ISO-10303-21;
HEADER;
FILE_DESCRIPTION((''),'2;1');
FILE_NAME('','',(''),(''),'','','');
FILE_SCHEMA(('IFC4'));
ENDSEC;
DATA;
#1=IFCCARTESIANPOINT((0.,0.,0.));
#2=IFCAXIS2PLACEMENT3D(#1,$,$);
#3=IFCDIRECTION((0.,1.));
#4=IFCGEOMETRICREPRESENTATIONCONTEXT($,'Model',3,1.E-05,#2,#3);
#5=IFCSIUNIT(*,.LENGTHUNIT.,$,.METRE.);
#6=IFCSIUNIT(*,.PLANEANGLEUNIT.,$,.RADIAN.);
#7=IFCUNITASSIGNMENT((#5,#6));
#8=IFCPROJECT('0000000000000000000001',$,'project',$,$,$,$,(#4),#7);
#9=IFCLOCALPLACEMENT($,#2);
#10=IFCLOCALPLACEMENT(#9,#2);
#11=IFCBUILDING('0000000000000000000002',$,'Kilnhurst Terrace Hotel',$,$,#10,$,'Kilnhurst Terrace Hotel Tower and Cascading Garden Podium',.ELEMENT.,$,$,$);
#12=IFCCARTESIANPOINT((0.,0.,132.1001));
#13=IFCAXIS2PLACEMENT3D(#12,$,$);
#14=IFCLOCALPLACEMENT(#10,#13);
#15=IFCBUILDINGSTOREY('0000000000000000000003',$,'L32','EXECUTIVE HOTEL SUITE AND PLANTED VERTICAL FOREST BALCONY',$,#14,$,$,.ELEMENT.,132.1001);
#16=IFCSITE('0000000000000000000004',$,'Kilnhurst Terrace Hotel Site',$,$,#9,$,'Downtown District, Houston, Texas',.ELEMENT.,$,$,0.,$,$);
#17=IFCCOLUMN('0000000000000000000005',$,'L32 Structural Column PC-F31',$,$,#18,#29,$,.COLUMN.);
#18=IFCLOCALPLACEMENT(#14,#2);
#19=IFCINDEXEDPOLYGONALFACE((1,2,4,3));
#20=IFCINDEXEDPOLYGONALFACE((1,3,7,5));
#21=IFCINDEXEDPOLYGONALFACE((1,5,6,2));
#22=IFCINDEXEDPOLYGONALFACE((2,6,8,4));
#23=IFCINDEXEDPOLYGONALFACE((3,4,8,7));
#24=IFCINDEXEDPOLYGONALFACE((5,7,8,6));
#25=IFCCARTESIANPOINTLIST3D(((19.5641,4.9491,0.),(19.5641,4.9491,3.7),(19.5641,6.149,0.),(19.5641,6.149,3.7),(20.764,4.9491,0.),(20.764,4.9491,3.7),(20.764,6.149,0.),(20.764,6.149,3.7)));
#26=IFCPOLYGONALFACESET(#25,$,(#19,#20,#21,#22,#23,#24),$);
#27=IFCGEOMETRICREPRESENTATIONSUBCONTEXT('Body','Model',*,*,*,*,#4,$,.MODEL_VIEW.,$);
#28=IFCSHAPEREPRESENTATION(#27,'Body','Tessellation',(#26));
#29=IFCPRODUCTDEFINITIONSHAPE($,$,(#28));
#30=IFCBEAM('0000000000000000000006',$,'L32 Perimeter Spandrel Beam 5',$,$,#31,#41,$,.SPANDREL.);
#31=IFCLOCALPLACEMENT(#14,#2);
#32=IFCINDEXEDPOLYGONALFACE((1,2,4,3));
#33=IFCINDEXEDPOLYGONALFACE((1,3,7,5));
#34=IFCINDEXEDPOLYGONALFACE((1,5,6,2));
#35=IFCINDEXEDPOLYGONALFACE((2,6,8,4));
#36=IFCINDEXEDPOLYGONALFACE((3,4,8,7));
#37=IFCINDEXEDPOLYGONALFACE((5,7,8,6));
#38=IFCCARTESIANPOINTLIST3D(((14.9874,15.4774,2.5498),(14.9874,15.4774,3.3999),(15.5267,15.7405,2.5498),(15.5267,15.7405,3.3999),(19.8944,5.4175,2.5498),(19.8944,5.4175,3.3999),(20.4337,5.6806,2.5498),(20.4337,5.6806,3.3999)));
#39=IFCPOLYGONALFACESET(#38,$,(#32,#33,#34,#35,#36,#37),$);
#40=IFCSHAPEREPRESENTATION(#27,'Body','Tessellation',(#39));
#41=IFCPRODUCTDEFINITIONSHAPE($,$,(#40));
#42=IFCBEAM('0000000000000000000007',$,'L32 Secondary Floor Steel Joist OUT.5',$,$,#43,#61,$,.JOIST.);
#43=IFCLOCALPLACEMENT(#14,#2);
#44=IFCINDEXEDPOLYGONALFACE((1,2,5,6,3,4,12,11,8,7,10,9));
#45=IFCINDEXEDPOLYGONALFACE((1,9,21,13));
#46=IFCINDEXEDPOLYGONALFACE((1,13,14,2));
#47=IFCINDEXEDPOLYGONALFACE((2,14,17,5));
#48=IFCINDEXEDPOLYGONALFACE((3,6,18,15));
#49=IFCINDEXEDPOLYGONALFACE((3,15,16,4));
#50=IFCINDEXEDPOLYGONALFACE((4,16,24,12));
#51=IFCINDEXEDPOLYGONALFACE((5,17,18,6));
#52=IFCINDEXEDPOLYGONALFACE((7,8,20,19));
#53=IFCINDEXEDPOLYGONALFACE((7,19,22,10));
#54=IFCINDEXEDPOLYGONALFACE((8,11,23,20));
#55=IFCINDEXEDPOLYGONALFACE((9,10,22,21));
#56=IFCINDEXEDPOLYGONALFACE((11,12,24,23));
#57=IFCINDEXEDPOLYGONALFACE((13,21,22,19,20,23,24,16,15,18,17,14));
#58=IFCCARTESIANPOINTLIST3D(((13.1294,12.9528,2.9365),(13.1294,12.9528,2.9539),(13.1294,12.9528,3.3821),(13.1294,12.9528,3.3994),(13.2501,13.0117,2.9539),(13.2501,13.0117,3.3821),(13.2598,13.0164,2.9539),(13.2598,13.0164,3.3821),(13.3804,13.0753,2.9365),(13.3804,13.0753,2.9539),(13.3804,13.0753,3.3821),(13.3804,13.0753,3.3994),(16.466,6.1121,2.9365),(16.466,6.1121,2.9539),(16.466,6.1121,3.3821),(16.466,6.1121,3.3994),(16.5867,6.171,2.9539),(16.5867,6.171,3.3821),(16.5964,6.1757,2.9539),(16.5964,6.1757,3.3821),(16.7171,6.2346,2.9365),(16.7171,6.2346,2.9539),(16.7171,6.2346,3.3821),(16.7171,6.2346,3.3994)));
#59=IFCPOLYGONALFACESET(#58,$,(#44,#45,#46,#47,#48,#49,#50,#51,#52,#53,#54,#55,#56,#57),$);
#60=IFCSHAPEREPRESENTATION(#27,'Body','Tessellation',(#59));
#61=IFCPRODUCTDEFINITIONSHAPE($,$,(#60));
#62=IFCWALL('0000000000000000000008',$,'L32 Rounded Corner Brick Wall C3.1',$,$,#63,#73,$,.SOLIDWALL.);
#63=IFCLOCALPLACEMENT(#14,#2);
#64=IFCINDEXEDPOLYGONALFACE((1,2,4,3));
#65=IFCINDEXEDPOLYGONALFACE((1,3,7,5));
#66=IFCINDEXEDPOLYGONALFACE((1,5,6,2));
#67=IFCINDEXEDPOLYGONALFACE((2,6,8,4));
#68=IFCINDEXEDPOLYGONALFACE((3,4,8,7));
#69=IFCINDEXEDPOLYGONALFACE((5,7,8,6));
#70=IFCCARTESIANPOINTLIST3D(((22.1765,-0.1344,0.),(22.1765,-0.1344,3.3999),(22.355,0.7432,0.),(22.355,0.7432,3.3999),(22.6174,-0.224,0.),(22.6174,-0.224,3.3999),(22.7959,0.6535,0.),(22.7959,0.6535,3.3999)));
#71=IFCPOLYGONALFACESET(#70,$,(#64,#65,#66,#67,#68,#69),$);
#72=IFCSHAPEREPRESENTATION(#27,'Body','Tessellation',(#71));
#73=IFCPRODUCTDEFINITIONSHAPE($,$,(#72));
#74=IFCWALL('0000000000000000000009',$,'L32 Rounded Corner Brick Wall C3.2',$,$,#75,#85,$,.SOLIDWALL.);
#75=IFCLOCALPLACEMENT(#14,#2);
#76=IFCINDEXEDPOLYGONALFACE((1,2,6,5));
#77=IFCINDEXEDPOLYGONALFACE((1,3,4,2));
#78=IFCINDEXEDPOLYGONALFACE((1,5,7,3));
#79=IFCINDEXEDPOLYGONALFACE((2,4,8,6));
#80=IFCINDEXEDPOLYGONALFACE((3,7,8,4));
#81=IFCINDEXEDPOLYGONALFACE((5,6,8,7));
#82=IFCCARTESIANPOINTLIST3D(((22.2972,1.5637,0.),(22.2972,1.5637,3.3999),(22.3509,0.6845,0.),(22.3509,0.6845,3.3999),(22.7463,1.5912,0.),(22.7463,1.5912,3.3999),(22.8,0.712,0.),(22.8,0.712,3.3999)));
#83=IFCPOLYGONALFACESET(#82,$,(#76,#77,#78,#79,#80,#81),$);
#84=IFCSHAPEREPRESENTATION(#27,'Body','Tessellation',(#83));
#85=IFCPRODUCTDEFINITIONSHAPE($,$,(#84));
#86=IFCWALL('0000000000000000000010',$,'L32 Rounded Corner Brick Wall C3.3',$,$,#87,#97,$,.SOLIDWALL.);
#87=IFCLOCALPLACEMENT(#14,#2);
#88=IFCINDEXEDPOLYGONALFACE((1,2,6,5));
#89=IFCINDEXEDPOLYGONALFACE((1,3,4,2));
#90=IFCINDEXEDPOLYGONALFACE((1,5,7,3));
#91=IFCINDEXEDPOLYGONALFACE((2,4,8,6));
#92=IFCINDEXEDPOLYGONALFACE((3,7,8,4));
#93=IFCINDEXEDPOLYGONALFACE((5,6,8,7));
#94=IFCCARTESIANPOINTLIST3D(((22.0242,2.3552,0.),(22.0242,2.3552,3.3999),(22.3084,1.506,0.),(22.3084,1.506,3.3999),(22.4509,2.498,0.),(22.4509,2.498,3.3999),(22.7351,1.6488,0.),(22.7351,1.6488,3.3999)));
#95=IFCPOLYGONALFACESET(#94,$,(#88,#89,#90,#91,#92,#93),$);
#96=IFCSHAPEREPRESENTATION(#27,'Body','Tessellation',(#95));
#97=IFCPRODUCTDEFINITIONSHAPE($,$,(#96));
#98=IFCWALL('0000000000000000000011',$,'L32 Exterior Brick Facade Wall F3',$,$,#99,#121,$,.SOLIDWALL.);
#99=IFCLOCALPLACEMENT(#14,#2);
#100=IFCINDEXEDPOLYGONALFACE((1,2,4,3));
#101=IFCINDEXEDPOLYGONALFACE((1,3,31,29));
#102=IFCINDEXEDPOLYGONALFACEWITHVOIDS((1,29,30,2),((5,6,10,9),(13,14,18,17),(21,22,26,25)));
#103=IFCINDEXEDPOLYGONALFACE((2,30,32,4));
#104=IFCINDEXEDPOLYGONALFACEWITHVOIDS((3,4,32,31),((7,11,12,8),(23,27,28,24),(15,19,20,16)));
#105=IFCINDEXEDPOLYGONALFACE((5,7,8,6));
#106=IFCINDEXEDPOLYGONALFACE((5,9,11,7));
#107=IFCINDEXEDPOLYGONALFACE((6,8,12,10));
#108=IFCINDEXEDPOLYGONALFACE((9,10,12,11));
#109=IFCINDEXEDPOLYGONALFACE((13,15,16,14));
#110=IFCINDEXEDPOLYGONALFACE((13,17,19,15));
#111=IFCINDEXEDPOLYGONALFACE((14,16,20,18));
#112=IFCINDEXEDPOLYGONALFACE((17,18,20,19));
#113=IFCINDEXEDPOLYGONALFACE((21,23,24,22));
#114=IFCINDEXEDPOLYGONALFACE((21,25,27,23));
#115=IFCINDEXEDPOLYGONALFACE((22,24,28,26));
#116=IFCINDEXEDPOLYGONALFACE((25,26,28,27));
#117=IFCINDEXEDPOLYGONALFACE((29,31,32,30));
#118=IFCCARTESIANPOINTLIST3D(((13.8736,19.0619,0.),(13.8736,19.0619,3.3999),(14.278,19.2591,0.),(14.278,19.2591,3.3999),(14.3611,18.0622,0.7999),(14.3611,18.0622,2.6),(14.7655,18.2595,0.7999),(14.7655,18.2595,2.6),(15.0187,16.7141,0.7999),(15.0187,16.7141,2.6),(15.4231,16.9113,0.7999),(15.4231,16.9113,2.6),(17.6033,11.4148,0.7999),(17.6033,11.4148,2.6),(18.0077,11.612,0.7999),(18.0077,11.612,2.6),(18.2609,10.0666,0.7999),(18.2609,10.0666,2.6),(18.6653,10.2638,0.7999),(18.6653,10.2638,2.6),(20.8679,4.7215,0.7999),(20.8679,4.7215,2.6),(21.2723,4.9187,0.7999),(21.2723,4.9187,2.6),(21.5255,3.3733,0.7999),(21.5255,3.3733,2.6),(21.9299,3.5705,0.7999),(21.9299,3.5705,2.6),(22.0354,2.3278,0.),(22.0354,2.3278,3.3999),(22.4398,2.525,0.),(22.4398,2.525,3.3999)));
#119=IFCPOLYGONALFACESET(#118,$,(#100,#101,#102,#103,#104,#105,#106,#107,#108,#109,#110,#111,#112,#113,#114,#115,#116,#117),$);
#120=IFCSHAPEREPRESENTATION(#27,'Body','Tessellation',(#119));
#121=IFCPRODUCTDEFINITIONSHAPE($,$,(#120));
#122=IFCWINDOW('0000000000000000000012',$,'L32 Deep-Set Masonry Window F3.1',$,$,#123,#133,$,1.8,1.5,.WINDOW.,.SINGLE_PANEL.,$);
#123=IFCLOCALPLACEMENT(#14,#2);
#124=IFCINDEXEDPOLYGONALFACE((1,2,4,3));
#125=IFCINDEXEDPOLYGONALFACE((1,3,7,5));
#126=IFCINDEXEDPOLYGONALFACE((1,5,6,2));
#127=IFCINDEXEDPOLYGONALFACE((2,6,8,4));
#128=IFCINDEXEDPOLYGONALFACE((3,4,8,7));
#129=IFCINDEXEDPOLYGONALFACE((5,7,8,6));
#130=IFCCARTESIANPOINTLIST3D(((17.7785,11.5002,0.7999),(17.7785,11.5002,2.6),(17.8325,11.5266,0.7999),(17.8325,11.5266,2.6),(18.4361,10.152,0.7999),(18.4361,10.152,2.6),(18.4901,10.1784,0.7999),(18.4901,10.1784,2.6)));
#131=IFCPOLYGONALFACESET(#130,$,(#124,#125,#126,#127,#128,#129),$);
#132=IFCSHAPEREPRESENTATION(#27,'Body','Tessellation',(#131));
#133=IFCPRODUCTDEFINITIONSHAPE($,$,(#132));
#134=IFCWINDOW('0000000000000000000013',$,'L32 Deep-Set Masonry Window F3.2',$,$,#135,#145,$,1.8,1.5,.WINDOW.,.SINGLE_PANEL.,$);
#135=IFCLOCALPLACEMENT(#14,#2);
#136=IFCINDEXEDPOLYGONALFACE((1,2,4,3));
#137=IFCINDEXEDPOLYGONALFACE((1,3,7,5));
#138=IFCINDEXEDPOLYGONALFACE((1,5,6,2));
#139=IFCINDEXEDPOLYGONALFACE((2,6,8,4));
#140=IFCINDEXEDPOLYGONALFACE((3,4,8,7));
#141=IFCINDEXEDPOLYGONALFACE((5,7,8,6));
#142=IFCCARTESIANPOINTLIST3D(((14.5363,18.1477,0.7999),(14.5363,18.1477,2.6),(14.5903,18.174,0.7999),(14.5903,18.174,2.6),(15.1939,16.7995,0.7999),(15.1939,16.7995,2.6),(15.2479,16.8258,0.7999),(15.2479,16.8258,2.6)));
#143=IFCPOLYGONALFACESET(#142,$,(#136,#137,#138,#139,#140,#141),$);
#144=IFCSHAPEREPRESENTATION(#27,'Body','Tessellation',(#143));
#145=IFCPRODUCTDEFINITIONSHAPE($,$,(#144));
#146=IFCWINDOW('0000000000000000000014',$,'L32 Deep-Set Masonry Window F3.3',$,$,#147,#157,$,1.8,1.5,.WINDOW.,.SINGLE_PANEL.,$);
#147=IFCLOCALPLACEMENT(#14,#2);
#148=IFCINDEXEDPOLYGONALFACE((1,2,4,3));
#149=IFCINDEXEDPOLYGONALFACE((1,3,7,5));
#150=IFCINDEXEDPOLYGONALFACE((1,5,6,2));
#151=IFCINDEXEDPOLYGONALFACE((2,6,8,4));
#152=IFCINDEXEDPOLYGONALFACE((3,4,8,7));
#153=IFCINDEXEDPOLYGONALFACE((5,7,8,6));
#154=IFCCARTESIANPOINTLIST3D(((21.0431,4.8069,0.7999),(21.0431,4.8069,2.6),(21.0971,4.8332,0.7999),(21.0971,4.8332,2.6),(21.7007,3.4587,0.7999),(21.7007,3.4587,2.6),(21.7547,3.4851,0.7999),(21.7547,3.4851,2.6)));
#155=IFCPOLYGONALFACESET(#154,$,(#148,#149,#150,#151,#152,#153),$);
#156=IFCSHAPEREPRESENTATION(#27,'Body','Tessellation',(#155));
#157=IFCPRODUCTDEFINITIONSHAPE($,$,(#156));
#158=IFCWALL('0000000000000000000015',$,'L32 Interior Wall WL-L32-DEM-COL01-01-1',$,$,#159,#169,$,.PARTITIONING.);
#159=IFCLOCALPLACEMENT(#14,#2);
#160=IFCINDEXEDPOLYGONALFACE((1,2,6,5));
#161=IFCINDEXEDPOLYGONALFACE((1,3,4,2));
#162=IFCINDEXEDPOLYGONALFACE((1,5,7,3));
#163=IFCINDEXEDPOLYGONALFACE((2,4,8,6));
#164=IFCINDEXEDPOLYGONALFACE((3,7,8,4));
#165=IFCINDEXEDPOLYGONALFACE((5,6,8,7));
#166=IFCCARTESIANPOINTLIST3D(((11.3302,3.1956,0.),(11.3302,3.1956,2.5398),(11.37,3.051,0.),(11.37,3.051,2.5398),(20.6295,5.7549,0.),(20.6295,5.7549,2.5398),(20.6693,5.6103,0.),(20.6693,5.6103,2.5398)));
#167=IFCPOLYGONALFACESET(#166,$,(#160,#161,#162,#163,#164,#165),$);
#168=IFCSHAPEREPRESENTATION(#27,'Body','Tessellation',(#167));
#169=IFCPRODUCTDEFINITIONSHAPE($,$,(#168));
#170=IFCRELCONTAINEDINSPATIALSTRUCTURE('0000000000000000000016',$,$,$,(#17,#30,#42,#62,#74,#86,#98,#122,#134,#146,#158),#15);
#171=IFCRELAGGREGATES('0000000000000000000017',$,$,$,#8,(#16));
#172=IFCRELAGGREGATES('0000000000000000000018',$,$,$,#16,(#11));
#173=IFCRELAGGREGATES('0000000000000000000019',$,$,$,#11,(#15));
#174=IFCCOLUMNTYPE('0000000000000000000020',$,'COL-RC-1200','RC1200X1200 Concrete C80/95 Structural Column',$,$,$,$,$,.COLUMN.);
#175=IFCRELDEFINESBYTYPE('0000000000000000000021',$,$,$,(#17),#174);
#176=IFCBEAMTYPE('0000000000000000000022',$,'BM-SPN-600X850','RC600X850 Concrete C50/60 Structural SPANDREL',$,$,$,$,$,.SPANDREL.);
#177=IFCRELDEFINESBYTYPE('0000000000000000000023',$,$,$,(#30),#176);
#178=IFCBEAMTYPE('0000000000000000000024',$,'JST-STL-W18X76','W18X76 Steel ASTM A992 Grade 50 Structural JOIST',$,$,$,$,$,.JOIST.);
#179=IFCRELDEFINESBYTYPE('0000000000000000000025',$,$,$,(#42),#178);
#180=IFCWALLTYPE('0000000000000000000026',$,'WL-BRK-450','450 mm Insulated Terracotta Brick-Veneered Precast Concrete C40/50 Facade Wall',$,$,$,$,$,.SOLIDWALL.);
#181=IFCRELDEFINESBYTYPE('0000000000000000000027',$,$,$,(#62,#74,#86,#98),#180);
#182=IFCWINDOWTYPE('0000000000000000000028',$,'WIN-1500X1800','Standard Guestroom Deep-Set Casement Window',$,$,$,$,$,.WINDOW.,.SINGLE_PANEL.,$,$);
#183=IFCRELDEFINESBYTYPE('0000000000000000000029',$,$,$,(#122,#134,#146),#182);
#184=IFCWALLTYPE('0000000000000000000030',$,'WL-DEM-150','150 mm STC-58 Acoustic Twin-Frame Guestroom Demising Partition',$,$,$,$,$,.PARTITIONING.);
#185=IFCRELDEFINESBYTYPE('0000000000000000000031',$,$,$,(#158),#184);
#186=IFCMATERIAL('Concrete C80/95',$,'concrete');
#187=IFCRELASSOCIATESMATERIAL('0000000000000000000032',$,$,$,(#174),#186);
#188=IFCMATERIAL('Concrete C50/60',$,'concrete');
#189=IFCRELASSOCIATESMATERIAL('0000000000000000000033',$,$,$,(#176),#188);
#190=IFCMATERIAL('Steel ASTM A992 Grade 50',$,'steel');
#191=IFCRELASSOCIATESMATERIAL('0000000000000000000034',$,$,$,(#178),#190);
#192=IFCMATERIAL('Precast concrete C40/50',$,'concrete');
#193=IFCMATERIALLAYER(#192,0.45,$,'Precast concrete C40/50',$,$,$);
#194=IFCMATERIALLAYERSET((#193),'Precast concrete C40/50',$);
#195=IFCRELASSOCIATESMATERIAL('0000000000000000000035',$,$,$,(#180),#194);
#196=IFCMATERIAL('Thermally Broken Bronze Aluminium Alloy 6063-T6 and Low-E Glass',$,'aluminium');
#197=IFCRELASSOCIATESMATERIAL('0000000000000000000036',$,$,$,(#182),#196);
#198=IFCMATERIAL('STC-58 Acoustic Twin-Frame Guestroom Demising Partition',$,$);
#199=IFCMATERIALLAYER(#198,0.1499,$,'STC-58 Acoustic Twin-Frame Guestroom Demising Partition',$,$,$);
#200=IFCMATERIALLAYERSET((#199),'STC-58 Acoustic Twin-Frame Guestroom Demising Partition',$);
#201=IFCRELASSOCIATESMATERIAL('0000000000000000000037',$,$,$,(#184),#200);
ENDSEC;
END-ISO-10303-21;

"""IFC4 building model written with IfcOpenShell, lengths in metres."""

from ifc_helpers import new_model, si_unit, direction, frame, frame_2d, origin, origin_2d, place, context, subcontext, project, spatial, rectangle, i_section, extrude, material, layer, layer_set, material_profile, profile_set, type_object, element, fill, save


model = new_model("IFC4")

# Units and contexts
model_context = context("Model", 3, precision=1e-05, world=origin(), true_north=direction((0.0, 1.0)))
body_context = subcontext(model_context, "Body", "Model", "MODEL_VIEW")
ifc_project = project(units=[si_unit("LENGTHUNIT", "METRE"), si_unit("PLANEANGLEUNIT", "RADIAN")], contexts=[model_context])

# Site, building, storey
site_placement = place(None, origin())
site = spatial("IfcSite", under=ifc_project, at=site_placement, Name="Kilnhurst Terrace Hotel Site", LongName="Downtown District, Houston, Texas", CompositionType="ELEMENT", RefElevation=0.0)
building_placement = place(site_placement, origin())
building = spatial("IfcBuilding", under=site, at=building_placement, Name="Kilnhurst Terrace Hotel", LongName="Kilnhurst Terrace Hotel Tower and Cascading Garden Podium", CompositionType="ELEMENT")
storey_placement = place(building_placement, frame((0.0, 0.0, 132.1001)))
storey = spatial("IfcBuildingStorey", under=building, at=storey_placement, Name="L32", Description="EXECUTIVE HOTEL SUITE AND PLANTED VERTICAL FOREST BALCONY", CompositionType="ELEMENT", Elevation=132.1001)

# Column
ifc_material_1 = material(Name="Concrete C80/95", Category="concrete")
ifc_material_profile_1 = material_profile(ifc_material_1, rectangle(XDim=1.2, YDim=1.2, at=origin_2d()), Name="RC1200X1200")
ifc_profile_set_1 = profile_set([ifc_material_profile_1], Name="Concrete C80/95")
column_type = type_object("IfcColumnType", Name="COL-RC-1200", Description="RC1200X1200 Concrete C80/95 Structural Column", PredefinedType="COLUMN", material=ifc_profile_set_1)
column_placement = place(storey_placement, frame((20.1641, 5.5491, 0.0), z_axis=(0.0, 0.0, 1.0), x_axis=(1.0, 0.0, 0.0)))
element("IfcColumn", 1, at=column_placement, inside=storey, type_object=column_type, Name="L32 Structural Column PC-F31", PredefinedType="COLUMN", context=body_context, shape_type="SweptSolid", body=[
    extrude(rectangle(XDim=1.2, YDim=1.2, at=origin_2d()), origin(), (0.0, 0.0, 1.0), 3.7),
])

# Beams
ifc_material_2 = material(Name="Concrete C50/60", Category="concrete")
ifc_material_profile_2 = material_profile(ifc_material_2, rectangle(XDim=0.6001, YDim=0.8501, at=origin_2d()), Name="RC600X850")
ifc_profile_set_2 = profile_set([ifc_material_profile_2], Name="Concrete C50/60")
beam_type_1 = type_object("IfcBeamType", Name="BM-SPN-600X850", Description="RC600X850 Concrete C50/60 Structural SPANDREL", PredefinedType="SPANDREL", material=ifc_profile_set_2)
beam_1_placement = place(storey_placement, frame((20.1641, 5.5491, 2.9749), z_axis=(-0.438406, 0.898777, 0.0), x_axis=(-0.898777, -0.438406, 0.0)))
element("IfcBeam", 2, at=beam_1_placement, inside=storey, type_object=beam_type_1, Name="L32 Perimeter Spandrel Beam 5", PredefinedType="SPANDREL", context=body_context, shape_type="SweptSolid", body=[
    extrude(rectangle(XDim=0.6001, YDim=0.8501, at=origin_2d()), origin(), (0.0, 0.0, 1.0), 11.1929),
])
ifc_material_3 = material(Name="Steel ASTM A992 Grade 50", Category="steel")
ifc_material_profile_3 = material_profile(ifc_material_3, i_section(OverallWidth=0.2793, OverallDepth=0.4629, WebThickness=0.0107, FlangeThickness=0.0173, at=origin_2d()), Name="W18X76")
ifc_profile_set_3 = profile_set([ifc_material_profile_3], Name="Steel ASTM A992 Grade 50")
beam_type_2 = type_object("IfcBeamType", Name="JST-STL-W18X76", Description="W18X76 Steel ASTM A992 Grade 50 Structural JOIST", PredefinedType="JOIST", material=ifc_profile_set_3)
beam_2_placement = place(storey_placement, frame((16.5916, 6.1733, 3.168), z_axis=(-0.43839, 0.898785, 0.0), x_axis=(-0.898785, -0.43839, 0.0)))
element("IfcBeam", 3, at=beam_2_placement, inside=storey, type_object=beam_type_2, Name="L32 Secondary Floor Steel Joist OUT.5", PredefinedType="JOIST", context=body_context, shape_type="SweptSolid", body=[
    extrude(i_section(OverallWidth=0.2793, OverallDepth=0.4629, WebThickness=0.0107, FlangeThickness=0.0173, at=origin_2d()), origin(), (0.0, 0.0, 1.0), 7.6111),
])

# Walls
ifc_material_4 = material(Name="Precast concrete C40/50", Category="concrete")
ifc_layer_1 = layer(ifc_material_4, 0.45, Name="Precast concrete C40/50")
ifc_layer_set_1 = layer_set([ifc_layer_1], Name="Precast concrete C40/50")
wall_type_1 = type_object("IfcWallType", Name="WL-BRK-450", Description="450 mm Insulated Terracotta Brick-Veneered Precast Concrete C40/50 Facade Wall", PredefinedType="SOLIDWALL", material=ifc_layer_set_1)
wall_1_placement = place(storey_placement, frame((22.397, -0.1792, 0.0), z_axis=(0.0, 0.0, 1.0), x_axis=(0.199314, 0.979936, 0.0)))
element("IfcWall", 4, at=wall_1_placement, inside=storey, type_object=wall_type_1, Name="L32 Rounded Corner Brick Wall C3.1", PredefinedType="SOLIDWALL", context=body_context, shape_type="SweptSolid", body=[
    extrude(rectangle(XDim=0.8955, YDim=0.45, at=frame_2d((0.4478, 0.0))), origin(), (0.0, 0.0, 1.0), 3.3999),
])
wall_2_placement = place(storey_placement, frame((22.5754, 0.6982, 0.0), z_axis=(0.0, 0.0, 1.0), x_axis=(-0.06098, 0.998139, 0.0)))
element("IfcWall", 5, at=wall_2_placement, inside=storey, type_object=wall_type_1, Name="L32 Rounded Corner Brick Wall C3.2", PredefinedType="SOLIDWALL", context=body_context, shape_type="SweptSolid", body=[
    extrude(rectangle(XDim=0.8809, YDim=0.45, at=frame_2d((0.4404, 0.0))), origin(), (0.0, 0.0, 1.0), 3.3999),
])
wall_3_placement = place(storey_placement, frame((22.5217, 1.5774, 0.0), z_axis=(0.0, 0.0, 1.0), x_axis=(-0.317373, 0.948301, 0.0)))
element("IfcWall", 6, at=wall_3_placement, inside=storey, type_object=wall_type_1, Name="L32 Rounded Corner Brick Wall C3.3", PredefinedType="SOLIDWALL", context=body_context, shape_type="SweptSolid", body=[
    extrude(rectangle(XDim=0.8955, YDim=0.45, at=frame_2d((0.4478, 0.0))), origin(), (0.0, 0.0, 1.0), 3.3999),
])

# Wall, openings, windows
wall_4_placement = place(storey_placement, frame((22.2375, 2.4265, 0.0), z_axis=(0.0, 0.0, 1.0), x_axis=(-0.438375, 0.898792, 0.0)))
wall_4 = element("IfcWall", 7, at=wall_4_placement, inside=storey, type_object=wall_type_1, Name="L32 Exterior Brick Facade Wall F3", PredefinedType="SOLIDWALL", context=body_context, shape_type="SweptSolid", body=[
    extrude(rectangle(XDim=18.6184, YDim=0.45, at=frame_2d((9.3091, 0.0))), origin(), (0.0, 0.0, 1.0), 3.3999),
])
opening_1_placement = place(wall_4_placement, frame((8.6101, 0.0, 0.8)))
opening_1 = element("IfcOpeningElement", 8, at=opening_1_placement, cuts=wall_4, PredefinedType="OPENING", context=body_context, shape_type="SweptSolid", body=[
    extrude(rectangle(XDim=1.5, YDim=1.8, at=frame_2d((0.75, 0.8999))), frame((0.0, 0.2349, 0.0), z_axis=(0.0, -1.0, 0.0), x_axis=(1.0, 0.0, 0.0)), (0.0, 0.0, 1.0), 0.47),
])
opening_2_placement = place(wall_4_placement, frame((16.0061, 0.0, 0.8)))
opening_2 = element("IfcOpeningElement", 9, at=opening_2_placement, cuts=wall_4, PredefinedType="OPENING", context=body_context, shape_type="SweptSolid", body=[
    extrude(rectangle(XDim=1.5, YDim=1.8, at=frame_2d((0.75, 0.8999))), frame((0.0, 0.2349, 0.0), z_axis=(0.0, -1.0, 0.0), x_axis=(1.0, 0.0, 0.0)), (0.0, 0.0, 1.0), 0.47),
])
opening_3_placement = place(wall_4_placement, frame((1.1631, 0.0, 0.8)))
opening_3 = element("IfcOpeningElement", 10, at=opening_3_placement, cuts=wall_4, PredefinedType="OPENING", context=body_context, shape_type="SweptSolid", body=[
    extrude(rectangle(XDim=1.5, YDim=1.8, at=frame_2d((0.75, 0.8999))), frame((0.0, 0.2349, 0.0), z_axis=(0.0, -1.0, 0.0), x_axis=(1.0, 0.0, 0.0)), (0.0, 0.0, 1.0), 0.47),
])
ifc_material_5 = material(Name="Thermally Broken Bronze Aluminium Alloy 6063-T6 and Low-E Glass", Category="aluminium")
window_type = type_object("IfcWindowType", Name="WIN-1500X1800", Description="Standard Guestroom Deep-Set Casement Window", PartitioningType="SINGLE_PANEL", PredefinedType="WINDOW", material=ifc_material_5)
window_1_placement = place(opening_1_placement, origin())
window_1 = element("IfcWindow", 11, at=window_1_placement, inside=storey, type_object=window_type, Name="L32 Deep-Set Masonry Window F3.1", OverallHeight=1.8, OverallWidth=1.5, PartitioningType="SINGLE_PANEL", PredefinedType="WINDOW", context=body_context, shape_type="SweptSolid", body=[
    extrude(rectangle(XDim=1.5, YDim=1.8, at=frame_2d((0.75, 0.8999))), frame((0.0, 0.03, 0.0), z_axis=(0.0, -1.0, 0.0), x_axis=(1.0, 0.0, 0.0)), (0.0, 0.0, 1.0), 0.0601),
])
fill(opening_1, window_1)
window_2_placement = place(opening_2_placement, origin())
window_2 = element("IfcWindow", 12, at=window_2_placement, inside=storey, type_object=window_type, Name="L32 Deep-Set Masonry Window F3.2", OverallHeight=1.8, OverallWidth=1.5, PartitioningType="SINGLE_PANEL", PredefinedType="WINDOW", context=body_context, shape_type="SweptSolid", body=[
    extrude(rectangle(XDim=1.5, YDim=1.8, at=frame_2d((0.75, 0.8999))), frame((0.0, 0.03, 0.0), z_axis=(0.0, -1.0, 0.0), x_axis=(1.0, 0.0, 0.0)), (0.0, 0.0, 1.0), 0.0601),
])
fill(opening_2, window_2)
window_3_placement = place(opening_3_placement, origin())
window_3 = element("IfcWindow", 13, at=window_3_placement, inside=storey, type_object=window_type, Name="L32 Deep-Set Masonry Window F3.3", OverallHeight=1.8, OverallWidth=1.5, PartitioningType="SINGLE_PANEL", PredefinedType="WINDOW", context=body_context, shape_type="SweptSolid", body=[
    extrude(rectangle(XDim=1.5, YDim=1.8, at=frame_2d((0.75, 0.8999))), frame((0.0, 0.03, 0.0), z_axis=(0.0, -1.0, 0.0), x_axis=(1.0, 0.0, 0.0)), (0.0, 0.0, 1.0), 0.0601),
])
fill(opening_3, window_3)

# Wall
ifc_material_6 = material(Name="STC-58 Acoustic Twin-Frame Guestroom Demising Partition")
ifc_layer_2 = layer(ifc_material_6, 0.1499, Name="STC-58 Acoustic Twin-Frame Guestroom Demising Partition")
ifc_layer_set_2 = layer_set([ifc_layer_2], Name="STC-58 Acoustic Twin-Frame Guestroom Demising Partition")
wall_type_2 = type_object("IfcWallType", Name="WL-DEM-150", Description="150 mm STC-58 Acoustic Twin-Frame Guestroom Demising Partition", PredefinedType="PARTITIONING", material=ifc_layer_set_2)
wall_5_placement = place(storey_placement, frame((11.3501, 3.1233, 0.0), z_axis=(0.0, 0.0, 1.0), x_axis=(0.964152, 0.265351, 0.0)))
element("IfcWall", 14, at=wall_5_placement, inside=storey, type_object=wall_type_2, Name="L32 Interior Wall WL-L32-DEM-COL01-01-1", PredefinedType="PARTITIONING", context=body_context, shape_type="SweptSolid", body=[
    extrude(rectangle(XDim=9.645, YDim=0.1499, at=frame_2d((4.8225, 0.0))), origin(), (0.0, 0.0, 1.0), 2.5398),
])

save(model, "model.ifc")
